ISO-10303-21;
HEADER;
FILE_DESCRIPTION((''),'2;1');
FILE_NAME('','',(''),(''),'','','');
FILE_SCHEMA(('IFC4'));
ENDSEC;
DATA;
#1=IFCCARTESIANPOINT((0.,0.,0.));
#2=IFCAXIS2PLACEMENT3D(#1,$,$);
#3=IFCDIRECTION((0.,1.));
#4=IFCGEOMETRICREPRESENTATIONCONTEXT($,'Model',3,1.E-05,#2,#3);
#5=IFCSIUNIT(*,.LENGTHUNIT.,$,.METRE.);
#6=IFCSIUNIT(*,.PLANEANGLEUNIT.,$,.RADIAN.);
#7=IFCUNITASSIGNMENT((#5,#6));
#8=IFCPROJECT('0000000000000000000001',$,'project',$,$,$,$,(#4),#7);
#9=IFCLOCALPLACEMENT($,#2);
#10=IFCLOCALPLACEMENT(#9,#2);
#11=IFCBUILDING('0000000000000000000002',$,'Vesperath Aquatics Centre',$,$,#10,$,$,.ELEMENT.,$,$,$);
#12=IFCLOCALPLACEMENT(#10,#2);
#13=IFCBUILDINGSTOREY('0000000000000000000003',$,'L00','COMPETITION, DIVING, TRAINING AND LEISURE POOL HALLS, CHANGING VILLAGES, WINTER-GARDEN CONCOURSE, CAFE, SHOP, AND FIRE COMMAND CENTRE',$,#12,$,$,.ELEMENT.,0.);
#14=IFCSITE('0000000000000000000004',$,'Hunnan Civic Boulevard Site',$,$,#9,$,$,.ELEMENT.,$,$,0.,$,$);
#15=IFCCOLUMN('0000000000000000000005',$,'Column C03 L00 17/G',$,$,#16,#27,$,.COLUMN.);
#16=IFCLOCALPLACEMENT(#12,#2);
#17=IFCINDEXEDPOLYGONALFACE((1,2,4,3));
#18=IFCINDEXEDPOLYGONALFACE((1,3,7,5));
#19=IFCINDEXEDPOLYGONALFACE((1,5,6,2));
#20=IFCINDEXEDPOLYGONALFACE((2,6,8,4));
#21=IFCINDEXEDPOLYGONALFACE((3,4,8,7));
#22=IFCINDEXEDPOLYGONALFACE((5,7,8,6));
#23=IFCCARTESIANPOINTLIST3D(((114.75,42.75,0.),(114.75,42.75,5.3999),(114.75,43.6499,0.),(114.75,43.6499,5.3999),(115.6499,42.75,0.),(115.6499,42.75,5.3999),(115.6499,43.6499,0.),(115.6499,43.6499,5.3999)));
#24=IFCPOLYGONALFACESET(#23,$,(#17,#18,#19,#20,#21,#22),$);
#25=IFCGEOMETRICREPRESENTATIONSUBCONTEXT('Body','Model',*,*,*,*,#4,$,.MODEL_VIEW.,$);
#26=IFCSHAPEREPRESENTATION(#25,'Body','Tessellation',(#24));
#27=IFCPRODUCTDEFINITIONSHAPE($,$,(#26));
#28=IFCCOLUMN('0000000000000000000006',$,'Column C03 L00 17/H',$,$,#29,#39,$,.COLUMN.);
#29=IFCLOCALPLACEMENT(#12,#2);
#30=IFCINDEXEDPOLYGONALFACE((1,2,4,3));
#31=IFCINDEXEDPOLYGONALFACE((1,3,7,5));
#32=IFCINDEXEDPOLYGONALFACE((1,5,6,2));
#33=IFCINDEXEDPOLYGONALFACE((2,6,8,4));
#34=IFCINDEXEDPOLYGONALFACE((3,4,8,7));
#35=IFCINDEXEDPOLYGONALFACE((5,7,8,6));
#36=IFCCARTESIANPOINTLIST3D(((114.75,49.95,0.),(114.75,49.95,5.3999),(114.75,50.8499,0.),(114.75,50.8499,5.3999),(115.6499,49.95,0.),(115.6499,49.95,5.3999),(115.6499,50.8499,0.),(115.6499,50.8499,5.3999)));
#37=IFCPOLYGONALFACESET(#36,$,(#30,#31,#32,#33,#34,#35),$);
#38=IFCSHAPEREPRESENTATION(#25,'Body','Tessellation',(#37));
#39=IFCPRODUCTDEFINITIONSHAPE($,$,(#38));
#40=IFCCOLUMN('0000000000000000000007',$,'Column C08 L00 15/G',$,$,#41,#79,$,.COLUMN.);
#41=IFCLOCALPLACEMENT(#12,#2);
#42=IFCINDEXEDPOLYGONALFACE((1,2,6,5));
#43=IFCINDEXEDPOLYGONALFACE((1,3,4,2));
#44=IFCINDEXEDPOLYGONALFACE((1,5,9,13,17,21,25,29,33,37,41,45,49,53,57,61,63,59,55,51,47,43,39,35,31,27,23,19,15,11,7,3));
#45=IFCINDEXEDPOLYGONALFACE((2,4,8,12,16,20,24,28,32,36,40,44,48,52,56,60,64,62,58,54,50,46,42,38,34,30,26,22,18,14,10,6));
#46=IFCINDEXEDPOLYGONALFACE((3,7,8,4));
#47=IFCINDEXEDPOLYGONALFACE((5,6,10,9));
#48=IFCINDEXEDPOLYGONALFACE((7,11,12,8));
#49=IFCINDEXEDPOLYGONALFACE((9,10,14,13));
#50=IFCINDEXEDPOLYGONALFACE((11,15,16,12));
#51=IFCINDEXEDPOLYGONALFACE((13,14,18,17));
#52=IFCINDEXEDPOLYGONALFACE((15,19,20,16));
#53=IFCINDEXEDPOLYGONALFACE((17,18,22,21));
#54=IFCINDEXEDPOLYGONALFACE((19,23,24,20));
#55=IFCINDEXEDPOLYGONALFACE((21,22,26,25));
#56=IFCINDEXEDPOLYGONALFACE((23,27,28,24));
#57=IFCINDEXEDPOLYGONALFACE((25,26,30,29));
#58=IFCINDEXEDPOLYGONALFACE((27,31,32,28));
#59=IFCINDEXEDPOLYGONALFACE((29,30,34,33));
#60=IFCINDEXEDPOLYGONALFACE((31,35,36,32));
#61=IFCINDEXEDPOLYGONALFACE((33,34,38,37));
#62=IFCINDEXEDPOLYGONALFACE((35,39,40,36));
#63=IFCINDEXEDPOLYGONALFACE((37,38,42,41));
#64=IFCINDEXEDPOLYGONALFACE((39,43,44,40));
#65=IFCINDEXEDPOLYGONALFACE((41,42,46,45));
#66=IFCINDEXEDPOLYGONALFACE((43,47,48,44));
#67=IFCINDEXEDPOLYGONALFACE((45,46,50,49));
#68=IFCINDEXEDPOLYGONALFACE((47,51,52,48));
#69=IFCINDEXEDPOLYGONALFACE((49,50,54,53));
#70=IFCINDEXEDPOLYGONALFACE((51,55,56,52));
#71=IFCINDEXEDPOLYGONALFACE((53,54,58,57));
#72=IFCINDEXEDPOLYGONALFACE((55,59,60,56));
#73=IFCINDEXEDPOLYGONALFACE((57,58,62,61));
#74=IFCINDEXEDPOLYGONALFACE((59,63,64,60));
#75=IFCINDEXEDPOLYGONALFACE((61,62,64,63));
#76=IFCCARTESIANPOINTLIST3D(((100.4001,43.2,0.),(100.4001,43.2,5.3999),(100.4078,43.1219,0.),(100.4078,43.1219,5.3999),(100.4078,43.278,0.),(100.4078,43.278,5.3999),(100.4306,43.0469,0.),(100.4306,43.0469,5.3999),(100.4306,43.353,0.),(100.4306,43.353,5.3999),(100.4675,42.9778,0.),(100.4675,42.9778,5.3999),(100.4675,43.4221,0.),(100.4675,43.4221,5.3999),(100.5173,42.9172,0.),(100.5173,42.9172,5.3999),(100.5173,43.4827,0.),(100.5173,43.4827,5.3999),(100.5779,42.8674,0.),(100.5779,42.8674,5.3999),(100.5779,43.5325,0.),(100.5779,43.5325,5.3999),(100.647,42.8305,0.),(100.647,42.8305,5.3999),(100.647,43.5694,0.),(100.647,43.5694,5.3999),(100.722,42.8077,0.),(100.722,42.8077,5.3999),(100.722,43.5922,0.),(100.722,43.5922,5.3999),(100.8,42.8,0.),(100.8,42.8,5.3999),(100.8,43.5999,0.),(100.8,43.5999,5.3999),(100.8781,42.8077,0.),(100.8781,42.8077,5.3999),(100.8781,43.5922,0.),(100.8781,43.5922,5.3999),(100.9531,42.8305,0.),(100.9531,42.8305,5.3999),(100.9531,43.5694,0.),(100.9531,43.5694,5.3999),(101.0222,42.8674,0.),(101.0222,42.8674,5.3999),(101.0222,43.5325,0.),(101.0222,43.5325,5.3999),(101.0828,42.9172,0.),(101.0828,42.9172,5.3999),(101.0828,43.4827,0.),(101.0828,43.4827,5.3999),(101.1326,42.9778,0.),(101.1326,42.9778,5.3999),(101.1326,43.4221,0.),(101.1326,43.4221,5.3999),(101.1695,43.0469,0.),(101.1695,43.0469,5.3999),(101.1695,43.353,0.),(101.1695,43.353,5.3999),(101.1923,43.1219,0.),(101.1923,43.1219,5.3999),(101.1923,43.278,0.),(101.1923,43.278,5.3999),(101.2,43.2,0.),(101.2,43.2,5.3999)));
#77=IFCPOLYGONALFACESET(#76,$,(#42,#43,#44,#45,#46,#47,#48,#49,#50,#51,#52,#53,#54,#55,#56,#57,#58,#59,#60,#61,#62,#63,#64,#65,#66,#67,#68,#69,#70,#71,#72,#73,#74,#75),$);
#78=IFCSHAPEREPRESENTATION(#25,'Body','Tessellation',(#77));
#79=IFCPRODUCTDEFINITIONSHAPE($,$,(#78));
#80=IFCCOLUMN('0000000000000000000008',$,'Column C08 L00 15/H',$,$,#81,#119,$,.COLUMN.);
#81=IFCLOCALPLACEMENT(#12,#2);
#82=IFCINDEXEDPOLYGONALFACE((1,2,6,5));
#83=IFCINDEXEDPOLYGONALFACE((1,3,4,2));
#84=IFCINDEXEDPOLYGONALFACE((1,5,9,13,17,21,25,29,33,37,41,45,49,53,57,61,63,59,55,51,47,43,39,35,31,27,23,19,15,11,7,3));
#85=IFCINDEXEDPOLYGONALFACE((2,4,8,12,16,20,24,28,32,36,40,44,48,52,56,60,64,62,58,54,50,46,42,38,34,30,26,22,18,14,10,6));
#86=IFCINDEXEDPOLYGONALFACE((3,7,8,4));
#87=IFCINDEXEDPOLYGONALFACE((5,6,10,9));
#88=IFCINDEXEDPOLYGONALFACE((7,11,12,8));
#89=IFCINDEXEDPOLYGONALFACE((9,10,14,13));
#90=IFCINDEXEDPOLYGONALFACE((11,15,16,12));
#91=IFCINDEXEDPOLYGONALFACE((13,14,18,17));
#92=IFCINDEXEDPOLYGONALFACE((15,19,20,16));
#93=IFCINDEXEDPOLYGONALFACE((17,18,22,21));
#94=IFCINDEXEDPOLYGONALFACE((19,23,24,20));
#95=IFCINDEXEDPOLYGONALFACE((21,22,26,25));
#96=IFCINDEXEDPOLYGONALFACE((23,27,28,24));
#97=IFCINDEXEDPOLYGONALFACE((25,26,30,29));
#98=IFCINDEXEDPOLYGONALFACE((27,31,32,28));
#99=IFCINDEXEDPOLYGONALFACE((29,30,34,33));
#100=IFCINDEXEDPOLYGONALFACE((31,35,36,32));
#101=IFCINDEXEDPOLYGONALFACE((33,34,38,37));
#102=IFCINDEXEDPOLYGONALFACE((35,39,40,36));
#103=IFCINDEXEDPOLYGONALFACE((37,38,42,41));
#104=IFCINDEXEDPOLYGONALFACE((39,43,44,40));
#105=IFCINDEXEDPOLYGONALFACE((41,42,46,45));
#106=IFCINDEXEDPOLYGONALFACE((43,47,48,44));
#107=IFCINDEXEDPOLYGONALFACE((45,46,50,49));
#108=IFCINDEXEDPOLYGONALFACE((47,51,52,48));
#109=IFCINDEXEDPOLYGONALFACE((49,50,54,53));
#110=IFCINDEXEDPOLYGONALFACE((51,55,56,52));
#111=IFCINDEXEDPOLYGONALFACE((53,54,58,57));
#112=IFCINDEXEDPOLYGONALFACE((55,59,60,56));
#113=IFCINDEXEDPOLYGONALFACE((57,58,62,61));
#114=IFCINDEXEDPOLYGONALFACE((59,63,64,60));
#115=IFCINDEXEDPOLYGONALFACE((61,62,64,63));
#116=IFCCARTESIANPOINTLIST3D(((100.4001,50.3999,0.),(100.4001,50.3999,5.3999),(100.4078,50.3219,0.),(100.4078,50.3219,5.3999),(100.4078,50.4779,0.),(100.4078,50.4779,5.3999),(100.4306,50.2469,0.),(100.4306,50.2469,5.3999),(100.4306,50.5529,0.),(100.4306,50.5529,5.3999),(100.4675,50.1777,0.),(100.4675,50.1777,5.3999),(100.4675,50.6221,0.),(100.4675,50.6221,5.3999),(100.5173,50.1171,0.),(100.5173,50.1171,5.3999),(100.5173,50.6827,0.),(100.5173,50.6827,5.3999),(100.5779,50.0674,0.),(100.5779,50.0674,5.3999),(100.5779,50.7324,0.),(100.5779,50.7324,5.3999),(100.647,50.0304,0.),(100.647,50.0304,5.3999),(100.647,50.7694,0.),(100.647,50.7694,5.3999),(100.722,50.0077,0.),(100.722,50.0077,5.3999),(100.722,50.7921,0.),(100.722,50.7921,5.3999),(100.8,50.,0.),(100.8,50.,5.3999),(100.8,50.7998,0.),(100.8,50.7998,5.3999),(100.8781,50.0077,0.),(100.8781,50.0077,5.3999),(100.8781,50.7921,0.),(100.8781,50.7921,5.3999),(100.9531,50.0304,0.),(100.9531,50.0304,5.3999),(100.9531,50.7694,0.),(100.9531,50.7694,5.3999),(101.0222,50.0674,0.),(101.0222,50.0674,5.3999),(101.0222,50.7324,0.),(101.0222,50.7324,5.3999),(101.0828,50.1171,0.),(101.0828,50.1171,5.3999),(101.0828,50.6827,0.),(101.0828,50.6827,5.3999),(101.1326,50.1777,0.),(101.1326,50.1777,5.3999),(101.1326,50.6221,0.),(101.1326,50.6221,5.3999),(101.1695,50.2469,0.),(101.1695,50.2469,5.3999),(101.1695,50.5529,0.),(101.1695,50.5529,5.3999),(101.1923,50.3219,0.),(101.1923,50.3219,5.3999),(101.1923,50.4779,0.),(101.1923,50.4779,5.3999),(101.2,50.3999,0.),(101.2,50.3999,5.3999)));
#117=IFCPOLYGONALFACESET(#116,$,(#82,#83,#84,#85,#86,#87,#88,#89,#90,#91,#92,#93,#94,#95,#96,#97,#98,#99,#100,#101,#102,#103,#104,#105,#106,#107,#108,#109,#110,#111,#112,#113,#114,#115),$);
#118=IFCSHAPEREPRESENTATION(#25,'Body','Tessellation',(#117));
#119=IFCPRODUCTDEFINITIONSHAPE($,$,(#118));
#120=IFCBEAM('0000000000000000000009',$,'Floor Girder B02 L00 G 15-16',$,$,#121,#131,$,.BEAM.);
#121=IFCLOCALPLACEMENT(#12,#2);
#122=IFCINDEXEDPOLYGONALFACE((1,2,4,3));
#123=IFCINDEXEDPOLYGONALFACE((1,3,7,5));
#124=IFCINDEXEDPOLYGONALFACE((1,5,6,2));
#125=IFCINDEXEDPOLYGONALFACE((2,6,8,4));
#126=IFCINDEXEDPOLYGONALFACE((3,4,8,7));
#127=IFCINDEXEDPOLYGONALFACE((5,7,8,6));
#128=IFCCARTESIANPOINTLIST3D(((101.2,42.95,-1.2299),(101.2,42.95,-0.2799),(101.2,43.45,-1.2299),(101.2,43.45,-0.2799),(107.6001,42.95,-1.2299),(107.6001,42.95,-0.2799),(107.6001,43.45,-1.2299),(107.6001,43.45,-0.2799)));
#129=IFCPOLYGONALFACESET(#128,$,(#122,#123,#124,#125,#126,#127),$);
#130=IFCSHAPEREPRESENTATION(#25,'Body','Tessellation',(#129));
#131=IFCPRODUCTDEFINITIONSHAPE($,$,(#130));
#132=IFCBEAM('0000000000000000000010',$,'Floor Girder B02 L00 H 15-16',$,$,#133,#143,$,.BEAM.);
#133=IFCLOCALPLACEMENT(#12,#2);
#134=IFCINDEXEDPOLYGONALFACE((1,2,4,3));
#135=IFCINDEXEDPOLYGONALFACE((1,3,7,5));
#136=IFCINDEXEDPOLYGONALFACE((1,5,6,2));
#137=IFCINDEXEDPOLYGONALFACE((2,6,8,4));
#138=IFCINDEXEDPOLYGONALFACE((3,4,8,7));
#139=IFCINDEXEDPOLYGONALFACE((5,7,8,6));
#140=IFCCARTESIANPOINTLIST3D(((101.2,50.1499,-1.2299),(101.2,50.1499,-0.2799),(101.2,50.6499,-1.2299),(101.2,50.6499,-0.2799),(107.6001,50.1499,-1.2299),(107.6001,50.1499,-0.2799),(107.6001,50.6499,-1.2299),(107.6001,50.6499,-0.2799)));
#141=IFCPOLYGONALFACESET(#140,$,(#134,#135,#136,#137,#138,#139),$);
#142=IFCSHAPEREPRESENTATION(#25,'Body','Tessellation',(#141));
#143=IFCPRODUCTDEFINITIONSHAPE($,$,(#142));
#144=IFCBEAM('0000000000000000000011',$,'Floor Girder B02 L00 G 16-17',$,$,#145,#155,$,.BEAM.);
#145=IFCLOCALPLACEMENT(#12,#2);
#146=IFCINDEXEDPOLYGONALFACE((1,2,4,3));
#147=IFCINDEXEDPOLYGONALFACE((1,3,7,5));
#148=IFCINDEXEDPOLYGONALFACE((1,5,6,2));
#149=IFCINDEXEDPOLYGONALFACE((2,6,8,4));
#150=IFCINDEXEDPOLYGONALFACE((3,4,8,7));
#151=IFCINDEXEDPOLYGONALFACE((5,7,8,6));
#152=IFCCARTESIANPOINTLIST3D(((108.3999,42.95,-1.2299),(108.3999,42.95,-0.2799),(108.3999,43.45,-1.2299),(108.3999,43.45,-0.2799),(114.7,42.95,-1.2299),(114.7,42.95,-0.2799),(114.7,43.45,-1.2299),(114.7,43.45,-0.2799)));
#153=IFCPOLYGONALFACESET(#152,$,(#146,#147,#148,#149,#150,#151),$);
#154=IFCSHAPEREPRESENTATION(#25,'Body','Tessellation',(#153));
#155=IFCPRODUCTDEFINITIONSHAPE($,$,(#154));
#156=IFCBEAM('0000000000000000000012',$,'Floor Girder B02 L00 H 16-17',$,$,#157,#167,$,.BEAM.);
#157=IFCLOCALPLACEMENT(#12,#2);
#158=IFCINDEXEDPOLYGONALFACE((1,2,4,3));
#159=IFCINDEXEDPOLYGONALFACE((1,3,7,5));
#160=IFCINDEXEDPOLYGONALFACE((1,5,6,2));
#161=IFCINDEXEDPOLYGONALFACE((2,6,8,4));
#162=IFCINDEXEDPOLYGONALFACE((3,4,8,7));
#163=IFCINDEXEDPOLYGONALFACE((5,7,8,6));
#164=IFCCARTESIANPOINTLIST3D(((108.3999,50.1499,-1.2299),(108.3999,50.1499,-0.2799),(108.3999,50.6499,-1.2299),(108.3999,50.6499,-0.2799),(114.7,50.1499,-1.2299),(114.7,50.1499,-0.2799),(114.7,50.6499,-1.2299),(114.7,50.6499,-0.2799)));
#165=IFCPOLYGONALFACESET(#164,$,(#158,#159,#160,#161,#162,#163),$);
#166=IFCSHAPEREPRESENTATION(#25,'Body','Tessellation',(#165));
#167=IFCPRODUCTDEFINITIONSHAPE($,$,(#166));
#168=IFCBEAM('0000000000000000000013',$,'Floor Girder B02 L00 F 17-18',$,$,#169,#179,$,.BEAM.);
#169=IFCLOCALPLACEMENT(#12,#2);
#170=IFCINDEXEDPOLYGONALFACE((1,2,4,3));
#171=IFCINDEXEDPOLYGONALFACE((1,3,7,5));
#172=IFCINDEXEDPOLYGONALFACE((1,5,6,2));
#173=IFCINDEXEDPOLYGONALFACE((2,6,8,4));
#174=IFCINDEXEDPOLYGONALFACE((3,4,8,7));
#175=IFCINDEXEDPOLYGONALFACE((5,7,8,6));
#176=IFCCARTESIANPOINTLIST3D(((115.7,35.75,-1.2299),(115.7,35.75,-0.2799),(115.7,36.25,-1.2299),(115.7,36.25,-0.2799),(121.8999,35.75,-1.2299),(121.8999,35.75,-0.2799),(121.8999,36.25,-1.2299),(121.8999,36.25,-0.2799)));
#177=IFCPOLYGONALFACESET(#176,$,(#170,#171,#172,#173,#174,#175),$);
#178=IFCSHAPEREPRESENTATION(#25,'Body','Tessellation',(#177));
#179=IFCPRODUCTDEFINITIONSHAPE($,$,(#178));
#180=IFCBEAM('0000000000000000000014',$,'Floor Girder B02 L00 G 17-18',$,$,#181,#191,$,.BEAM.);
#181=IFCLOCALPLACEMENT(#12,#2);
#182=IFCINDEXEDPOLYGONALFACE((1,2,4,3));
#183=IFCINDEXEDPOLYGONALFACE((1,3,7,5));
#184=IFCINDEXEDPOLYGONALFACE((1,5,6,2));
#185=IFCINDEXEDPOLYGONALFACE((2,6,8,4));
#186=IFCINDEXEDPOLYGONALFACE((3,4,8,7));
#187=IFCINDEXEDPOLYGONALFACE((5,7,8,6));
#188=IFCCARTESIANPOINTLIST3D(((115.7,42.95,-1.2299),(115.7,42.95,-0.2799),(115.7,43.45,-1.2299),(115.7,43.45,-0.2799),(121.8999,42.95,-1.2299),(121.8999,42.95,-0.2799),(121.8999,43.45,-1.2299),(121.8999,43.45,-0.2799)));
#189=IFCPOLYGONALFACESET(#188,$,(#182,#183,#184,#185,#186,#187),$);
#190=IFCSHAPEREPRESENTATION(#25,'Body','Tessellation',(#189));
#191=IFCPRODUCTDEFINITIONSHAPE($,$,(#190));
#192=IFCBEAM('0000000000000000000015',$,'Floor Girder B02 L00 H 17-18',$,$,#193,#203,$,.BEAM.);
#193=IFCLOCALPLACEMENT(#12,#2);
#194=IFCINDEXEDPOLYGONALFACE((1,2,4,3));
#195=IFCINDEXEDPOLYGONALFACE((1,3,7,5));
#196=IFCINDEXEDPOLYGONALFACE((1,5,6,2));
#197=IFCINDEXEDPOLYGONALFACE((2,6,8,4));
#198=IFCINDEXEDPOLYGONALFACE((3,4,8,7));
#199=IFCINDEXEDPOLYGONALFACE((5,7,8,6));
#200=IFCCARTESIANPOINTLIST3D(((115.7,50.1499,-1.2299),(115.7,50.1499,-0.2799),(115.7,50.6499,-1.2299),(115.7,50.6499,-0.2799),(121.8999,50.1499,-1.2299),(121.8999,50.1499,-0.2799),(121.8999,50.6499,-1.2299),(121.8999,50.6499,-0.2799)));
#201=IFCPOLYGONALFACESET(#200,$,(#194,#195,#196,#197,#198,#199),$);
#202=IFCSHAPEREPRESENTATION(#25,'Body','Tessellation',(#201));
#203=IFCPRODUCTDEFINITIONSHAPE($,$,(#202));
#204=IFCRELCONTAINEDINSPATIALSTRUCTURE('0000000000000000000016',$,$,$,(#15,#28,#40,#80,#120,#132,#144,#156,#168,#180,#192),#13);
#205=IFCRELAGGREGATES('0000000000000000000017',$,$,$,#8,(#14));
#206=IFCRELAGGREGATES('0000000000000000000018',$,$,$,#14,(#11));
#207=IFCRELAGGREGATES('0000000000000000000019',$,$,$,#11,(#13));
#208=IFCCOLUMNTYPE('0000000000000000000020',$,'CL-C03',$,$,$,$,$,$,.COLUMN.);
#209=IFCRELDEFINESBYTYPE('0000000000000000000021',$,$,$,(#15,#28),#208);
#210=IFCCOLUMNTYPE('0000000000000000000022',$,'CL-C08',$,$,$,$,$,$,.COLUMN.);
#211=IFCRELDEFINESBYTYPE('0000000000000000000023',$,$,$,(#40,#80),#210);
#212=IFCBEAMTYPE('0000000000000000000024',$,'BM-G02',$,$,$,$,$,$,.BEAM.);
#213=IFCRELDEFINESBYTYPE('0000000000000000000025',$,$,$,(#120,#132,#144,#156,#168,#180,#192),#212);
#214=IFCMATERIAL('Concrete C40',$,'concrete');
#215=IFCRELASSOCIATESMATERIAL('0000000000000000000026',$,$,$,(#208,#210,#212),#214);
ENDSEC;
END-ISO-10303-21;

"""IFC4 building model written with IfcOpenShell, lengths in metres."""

from ifc_helpers import new_model, si_unit, direction, frame, origin, origin_2d, place, context, subcontext, project, spatial, rectangle, circle, extrude, material, material_profile, profile_set, type_object, element, save


model = new_model("IFC4")

# Units and contexts
model_context = context("Model", 3, precision=1e-05, world=origin(), true_north=direction((0.0, 1.0)))
body_context = subcontext(model_context, "Body", "Model", "MODEL_VIEW")
ifc_project = project(units=[si_unit("LENGTHUNIT", "METRE"), si_unit("PLANEANGLEUNIT", "RADIAN")], contexts=[model_context])

# Site, building, storey
site_placement = place(None, origin())
site = spatial("IfcSite", under=ifc_project, at=site_placement, Name="Hunnan Civic Boulevard Site", CompositionType="ELEMENT", RefElevation=0.0)
building_placement = place(site_placement, origin())
building = spatial("IfcBuilding", under=site, at=building_placement, Name="Vesperath Aquatics Centre", CompositionType="ELEMENT")
storey_placement = place(building_placement, origin())
storey = spatial("IfcBuildingStorey", under=building, at=storey_placement, Name="L00", Description="COMPETITION, DIVING, TRAINING AND LEISURE POOL HALLS, CHANGING VILLAGES, WINTER-GARDEN CONCOURSE, CAFE, SHOP, AND FIRE COMMAND CENTRE", CompositionType="ELEMENT", Elevation=0.0)

# Columns
ifc_material_1 = material(Name="Concrete C40", Category="concrete")
ifc_material_profile_1 = material_profile(ifc_material_1, rectangle(XDim=0.8999, YDim=0.8999, at=origin_2d()), Name="RC 900x900")
ifc_profile_set_1 = profile_set([ifc_material_profile_1], Name="Concrete C40")
column_type_1 = type_object("IfcColumnType", Name="CL-C03", PredefinedType="COLUMN", material=ifc_profile_set_1)
for number, where, z_axis, x_axis, name in (
    (1, (115.2, 43.2, 0.0), (0.0, 0.0, 1.0), (1.0, 0.0, 0.0), "Column C03 L00 17/G"),
    (2, (115.2, 50.3999, 0.0), (0.0, 0.0, 1.0), (1.0, 0.0, 0.0), "Column C03 L00 17/H"),
):
    element("IfcColumn", number, at=place(storey_placement, frame(where, z_axis=z_axis, x_axis=x_axis)), inside=storey, type_object=column_type_1, Name=name, PredefinedType="COLUMN", context=body_context, shape_type="SweptSolid", body=[
        extrude(rectangle(XDim=0.8999, YDim=0.8999, at=origin_2d()), origin(), (0.0, 0.0, 1.0), 5.3999),
    ])
ifc_material_profile_2 = material_profile(ifc_material_1, circle(Radius=0.3999, at=origin_2d()), Name="RC D800")
ifc_profile_set_2 = profile_set([ifc_material_profile_2], Name="Concrete C40")
column_type_2 = type_object("IfcColumnType", Name="CL-C08", PredefinedType="COLUMN", material=ifc_profile_set_2)
for number, where, z_axis, x_axis, name in (
    (3, (100.8, 43.2, 0.0), (0.0, 0.0, 1.0), (1.0, 0.0, 0.0), "Column C08 L00 15/G"),
    (4, (100.8, 50.3999, 0.0), (0.0, 0.0, 1.0), (1.0, 0.0, 0.0), "Column C08 L00 15/H"),
):
    element("IfcColumn", number, at=place(storey_placement, frame(where, z_axis=z_axis, x_axis=x_axis)), inside=storey, type_object=column_type_2, Name=name, PredefinedType="COLUMN", context=body_context, shape_type="SweptSolid", body=[
        extrude(circle(Radius=0.3999, at=origin_2d()), origin(), (0.0, 0.0, 1.0), 5.3999),
    ])

# Beams
ifc_material_profile_3 = material_profile(ifc_material_1, rectangle(XDim=0.5, YDim=0.95, at=origin_2d()), Name="RC 500x950")
ifc_profile_set_3 = profile_set([ifc_material_profile_3], Name="Concrete C40")
beam_type_1 = type_object("IfcBeamType", Name="BM-G02", PredefinedType="BEAM", material=ifc_profile_set_3)
for number, where, z_axis, x_axis, name in (
    (5, (101.2, 43.2, -0.7549), (1.0, 0.0, 0.0), (0.0, 1.0, 0.0), "Floor Girder B02 L00 G 15-16"),
    (6, (101.2, 50.3999, -0.7549), (1.0, 0.0, 0.0), (0.0, 1.0, 0.0), "Floor Girder B02 L00 H 15-16"),
):
    element("IfcBeam", number, at=place(storey_placement, frame(where, z_axis=z_axis, x_axis=x_axis)), inside=storey, type_object=beam_type_1, Name=name, PredefinedType="BEAM", context=body_context, shape_type="SweptSolid", body=[
        extrude(rectangle(XDim=0.5, YDim=0.95, at=origin_2d()), origin(), (0.0, 0.0, 1.0), 6.4001),
    ])
for number, where, z_axis, x_axis, name in (
    (7, (108.3999, 43.2, -0.7549), (1.0, 0.0, 0.0), (0.0, 1.0, 0.0), "Floor Girder B02 L00 G 16-17"),
    (8, (108.3999, 50.3999, -0.7549), (1.0, 0.0, 0.0), (0.0, 1.0, 0.0), "Floor Girder B02 L00 H 16-17"),
):
    element("IfcBeam", number, at=place(storey_placement, frame(where, z_axis=z_axis, x_axis=x_axis)), inside=storey, type_object=beam_type_1, Name=name, PredefinedType="BEAM", context=body_context, shape_type="SweptSolid", body=[
        extrude(rectangle(XDim=0.5, YDim=0.95, at=origin_2d()), origin(), (0.0, 0.0, 1.0), 6.3),
    ])
for number, where, z_axis, x_axis, name in (
    (9, (115.7, 36.0, -0.7549), (1.0, 0.0, 0.0), (0.0, 1.0, 0.0), "Floor Girder B02 L00 F 17-18"),
    (10, (115.7, 43.2, -0.7549), (1.0, 0.0, 0.0), (0.0, 1.0, 0.0), "Floor Girder B02 L00 G 17-18"),
    (11, (115.7, 50.3999, -0.7549), (1.0, 0.0, 0.0), (0.0, 1.0, 0.0), "Floor Girder B02 L00 H 17-18"),
):
    element("IfcBeam", number, at=place(storey_placement, frame(where, z_axis=z_axis, x_axis=x_axis)), inside=storey, type_object=beam_type_1, Name=name, PredefinedType="BEAM", context=body_context, shape_type="SweptSolid", body=[
        extrude(rectangle(XDim=0.5, YDim=0.95, at=origin_2d()), origin(), (0.0, 0.0, 1.0), 6.2),
    ])

save(model, "model.ifc")
